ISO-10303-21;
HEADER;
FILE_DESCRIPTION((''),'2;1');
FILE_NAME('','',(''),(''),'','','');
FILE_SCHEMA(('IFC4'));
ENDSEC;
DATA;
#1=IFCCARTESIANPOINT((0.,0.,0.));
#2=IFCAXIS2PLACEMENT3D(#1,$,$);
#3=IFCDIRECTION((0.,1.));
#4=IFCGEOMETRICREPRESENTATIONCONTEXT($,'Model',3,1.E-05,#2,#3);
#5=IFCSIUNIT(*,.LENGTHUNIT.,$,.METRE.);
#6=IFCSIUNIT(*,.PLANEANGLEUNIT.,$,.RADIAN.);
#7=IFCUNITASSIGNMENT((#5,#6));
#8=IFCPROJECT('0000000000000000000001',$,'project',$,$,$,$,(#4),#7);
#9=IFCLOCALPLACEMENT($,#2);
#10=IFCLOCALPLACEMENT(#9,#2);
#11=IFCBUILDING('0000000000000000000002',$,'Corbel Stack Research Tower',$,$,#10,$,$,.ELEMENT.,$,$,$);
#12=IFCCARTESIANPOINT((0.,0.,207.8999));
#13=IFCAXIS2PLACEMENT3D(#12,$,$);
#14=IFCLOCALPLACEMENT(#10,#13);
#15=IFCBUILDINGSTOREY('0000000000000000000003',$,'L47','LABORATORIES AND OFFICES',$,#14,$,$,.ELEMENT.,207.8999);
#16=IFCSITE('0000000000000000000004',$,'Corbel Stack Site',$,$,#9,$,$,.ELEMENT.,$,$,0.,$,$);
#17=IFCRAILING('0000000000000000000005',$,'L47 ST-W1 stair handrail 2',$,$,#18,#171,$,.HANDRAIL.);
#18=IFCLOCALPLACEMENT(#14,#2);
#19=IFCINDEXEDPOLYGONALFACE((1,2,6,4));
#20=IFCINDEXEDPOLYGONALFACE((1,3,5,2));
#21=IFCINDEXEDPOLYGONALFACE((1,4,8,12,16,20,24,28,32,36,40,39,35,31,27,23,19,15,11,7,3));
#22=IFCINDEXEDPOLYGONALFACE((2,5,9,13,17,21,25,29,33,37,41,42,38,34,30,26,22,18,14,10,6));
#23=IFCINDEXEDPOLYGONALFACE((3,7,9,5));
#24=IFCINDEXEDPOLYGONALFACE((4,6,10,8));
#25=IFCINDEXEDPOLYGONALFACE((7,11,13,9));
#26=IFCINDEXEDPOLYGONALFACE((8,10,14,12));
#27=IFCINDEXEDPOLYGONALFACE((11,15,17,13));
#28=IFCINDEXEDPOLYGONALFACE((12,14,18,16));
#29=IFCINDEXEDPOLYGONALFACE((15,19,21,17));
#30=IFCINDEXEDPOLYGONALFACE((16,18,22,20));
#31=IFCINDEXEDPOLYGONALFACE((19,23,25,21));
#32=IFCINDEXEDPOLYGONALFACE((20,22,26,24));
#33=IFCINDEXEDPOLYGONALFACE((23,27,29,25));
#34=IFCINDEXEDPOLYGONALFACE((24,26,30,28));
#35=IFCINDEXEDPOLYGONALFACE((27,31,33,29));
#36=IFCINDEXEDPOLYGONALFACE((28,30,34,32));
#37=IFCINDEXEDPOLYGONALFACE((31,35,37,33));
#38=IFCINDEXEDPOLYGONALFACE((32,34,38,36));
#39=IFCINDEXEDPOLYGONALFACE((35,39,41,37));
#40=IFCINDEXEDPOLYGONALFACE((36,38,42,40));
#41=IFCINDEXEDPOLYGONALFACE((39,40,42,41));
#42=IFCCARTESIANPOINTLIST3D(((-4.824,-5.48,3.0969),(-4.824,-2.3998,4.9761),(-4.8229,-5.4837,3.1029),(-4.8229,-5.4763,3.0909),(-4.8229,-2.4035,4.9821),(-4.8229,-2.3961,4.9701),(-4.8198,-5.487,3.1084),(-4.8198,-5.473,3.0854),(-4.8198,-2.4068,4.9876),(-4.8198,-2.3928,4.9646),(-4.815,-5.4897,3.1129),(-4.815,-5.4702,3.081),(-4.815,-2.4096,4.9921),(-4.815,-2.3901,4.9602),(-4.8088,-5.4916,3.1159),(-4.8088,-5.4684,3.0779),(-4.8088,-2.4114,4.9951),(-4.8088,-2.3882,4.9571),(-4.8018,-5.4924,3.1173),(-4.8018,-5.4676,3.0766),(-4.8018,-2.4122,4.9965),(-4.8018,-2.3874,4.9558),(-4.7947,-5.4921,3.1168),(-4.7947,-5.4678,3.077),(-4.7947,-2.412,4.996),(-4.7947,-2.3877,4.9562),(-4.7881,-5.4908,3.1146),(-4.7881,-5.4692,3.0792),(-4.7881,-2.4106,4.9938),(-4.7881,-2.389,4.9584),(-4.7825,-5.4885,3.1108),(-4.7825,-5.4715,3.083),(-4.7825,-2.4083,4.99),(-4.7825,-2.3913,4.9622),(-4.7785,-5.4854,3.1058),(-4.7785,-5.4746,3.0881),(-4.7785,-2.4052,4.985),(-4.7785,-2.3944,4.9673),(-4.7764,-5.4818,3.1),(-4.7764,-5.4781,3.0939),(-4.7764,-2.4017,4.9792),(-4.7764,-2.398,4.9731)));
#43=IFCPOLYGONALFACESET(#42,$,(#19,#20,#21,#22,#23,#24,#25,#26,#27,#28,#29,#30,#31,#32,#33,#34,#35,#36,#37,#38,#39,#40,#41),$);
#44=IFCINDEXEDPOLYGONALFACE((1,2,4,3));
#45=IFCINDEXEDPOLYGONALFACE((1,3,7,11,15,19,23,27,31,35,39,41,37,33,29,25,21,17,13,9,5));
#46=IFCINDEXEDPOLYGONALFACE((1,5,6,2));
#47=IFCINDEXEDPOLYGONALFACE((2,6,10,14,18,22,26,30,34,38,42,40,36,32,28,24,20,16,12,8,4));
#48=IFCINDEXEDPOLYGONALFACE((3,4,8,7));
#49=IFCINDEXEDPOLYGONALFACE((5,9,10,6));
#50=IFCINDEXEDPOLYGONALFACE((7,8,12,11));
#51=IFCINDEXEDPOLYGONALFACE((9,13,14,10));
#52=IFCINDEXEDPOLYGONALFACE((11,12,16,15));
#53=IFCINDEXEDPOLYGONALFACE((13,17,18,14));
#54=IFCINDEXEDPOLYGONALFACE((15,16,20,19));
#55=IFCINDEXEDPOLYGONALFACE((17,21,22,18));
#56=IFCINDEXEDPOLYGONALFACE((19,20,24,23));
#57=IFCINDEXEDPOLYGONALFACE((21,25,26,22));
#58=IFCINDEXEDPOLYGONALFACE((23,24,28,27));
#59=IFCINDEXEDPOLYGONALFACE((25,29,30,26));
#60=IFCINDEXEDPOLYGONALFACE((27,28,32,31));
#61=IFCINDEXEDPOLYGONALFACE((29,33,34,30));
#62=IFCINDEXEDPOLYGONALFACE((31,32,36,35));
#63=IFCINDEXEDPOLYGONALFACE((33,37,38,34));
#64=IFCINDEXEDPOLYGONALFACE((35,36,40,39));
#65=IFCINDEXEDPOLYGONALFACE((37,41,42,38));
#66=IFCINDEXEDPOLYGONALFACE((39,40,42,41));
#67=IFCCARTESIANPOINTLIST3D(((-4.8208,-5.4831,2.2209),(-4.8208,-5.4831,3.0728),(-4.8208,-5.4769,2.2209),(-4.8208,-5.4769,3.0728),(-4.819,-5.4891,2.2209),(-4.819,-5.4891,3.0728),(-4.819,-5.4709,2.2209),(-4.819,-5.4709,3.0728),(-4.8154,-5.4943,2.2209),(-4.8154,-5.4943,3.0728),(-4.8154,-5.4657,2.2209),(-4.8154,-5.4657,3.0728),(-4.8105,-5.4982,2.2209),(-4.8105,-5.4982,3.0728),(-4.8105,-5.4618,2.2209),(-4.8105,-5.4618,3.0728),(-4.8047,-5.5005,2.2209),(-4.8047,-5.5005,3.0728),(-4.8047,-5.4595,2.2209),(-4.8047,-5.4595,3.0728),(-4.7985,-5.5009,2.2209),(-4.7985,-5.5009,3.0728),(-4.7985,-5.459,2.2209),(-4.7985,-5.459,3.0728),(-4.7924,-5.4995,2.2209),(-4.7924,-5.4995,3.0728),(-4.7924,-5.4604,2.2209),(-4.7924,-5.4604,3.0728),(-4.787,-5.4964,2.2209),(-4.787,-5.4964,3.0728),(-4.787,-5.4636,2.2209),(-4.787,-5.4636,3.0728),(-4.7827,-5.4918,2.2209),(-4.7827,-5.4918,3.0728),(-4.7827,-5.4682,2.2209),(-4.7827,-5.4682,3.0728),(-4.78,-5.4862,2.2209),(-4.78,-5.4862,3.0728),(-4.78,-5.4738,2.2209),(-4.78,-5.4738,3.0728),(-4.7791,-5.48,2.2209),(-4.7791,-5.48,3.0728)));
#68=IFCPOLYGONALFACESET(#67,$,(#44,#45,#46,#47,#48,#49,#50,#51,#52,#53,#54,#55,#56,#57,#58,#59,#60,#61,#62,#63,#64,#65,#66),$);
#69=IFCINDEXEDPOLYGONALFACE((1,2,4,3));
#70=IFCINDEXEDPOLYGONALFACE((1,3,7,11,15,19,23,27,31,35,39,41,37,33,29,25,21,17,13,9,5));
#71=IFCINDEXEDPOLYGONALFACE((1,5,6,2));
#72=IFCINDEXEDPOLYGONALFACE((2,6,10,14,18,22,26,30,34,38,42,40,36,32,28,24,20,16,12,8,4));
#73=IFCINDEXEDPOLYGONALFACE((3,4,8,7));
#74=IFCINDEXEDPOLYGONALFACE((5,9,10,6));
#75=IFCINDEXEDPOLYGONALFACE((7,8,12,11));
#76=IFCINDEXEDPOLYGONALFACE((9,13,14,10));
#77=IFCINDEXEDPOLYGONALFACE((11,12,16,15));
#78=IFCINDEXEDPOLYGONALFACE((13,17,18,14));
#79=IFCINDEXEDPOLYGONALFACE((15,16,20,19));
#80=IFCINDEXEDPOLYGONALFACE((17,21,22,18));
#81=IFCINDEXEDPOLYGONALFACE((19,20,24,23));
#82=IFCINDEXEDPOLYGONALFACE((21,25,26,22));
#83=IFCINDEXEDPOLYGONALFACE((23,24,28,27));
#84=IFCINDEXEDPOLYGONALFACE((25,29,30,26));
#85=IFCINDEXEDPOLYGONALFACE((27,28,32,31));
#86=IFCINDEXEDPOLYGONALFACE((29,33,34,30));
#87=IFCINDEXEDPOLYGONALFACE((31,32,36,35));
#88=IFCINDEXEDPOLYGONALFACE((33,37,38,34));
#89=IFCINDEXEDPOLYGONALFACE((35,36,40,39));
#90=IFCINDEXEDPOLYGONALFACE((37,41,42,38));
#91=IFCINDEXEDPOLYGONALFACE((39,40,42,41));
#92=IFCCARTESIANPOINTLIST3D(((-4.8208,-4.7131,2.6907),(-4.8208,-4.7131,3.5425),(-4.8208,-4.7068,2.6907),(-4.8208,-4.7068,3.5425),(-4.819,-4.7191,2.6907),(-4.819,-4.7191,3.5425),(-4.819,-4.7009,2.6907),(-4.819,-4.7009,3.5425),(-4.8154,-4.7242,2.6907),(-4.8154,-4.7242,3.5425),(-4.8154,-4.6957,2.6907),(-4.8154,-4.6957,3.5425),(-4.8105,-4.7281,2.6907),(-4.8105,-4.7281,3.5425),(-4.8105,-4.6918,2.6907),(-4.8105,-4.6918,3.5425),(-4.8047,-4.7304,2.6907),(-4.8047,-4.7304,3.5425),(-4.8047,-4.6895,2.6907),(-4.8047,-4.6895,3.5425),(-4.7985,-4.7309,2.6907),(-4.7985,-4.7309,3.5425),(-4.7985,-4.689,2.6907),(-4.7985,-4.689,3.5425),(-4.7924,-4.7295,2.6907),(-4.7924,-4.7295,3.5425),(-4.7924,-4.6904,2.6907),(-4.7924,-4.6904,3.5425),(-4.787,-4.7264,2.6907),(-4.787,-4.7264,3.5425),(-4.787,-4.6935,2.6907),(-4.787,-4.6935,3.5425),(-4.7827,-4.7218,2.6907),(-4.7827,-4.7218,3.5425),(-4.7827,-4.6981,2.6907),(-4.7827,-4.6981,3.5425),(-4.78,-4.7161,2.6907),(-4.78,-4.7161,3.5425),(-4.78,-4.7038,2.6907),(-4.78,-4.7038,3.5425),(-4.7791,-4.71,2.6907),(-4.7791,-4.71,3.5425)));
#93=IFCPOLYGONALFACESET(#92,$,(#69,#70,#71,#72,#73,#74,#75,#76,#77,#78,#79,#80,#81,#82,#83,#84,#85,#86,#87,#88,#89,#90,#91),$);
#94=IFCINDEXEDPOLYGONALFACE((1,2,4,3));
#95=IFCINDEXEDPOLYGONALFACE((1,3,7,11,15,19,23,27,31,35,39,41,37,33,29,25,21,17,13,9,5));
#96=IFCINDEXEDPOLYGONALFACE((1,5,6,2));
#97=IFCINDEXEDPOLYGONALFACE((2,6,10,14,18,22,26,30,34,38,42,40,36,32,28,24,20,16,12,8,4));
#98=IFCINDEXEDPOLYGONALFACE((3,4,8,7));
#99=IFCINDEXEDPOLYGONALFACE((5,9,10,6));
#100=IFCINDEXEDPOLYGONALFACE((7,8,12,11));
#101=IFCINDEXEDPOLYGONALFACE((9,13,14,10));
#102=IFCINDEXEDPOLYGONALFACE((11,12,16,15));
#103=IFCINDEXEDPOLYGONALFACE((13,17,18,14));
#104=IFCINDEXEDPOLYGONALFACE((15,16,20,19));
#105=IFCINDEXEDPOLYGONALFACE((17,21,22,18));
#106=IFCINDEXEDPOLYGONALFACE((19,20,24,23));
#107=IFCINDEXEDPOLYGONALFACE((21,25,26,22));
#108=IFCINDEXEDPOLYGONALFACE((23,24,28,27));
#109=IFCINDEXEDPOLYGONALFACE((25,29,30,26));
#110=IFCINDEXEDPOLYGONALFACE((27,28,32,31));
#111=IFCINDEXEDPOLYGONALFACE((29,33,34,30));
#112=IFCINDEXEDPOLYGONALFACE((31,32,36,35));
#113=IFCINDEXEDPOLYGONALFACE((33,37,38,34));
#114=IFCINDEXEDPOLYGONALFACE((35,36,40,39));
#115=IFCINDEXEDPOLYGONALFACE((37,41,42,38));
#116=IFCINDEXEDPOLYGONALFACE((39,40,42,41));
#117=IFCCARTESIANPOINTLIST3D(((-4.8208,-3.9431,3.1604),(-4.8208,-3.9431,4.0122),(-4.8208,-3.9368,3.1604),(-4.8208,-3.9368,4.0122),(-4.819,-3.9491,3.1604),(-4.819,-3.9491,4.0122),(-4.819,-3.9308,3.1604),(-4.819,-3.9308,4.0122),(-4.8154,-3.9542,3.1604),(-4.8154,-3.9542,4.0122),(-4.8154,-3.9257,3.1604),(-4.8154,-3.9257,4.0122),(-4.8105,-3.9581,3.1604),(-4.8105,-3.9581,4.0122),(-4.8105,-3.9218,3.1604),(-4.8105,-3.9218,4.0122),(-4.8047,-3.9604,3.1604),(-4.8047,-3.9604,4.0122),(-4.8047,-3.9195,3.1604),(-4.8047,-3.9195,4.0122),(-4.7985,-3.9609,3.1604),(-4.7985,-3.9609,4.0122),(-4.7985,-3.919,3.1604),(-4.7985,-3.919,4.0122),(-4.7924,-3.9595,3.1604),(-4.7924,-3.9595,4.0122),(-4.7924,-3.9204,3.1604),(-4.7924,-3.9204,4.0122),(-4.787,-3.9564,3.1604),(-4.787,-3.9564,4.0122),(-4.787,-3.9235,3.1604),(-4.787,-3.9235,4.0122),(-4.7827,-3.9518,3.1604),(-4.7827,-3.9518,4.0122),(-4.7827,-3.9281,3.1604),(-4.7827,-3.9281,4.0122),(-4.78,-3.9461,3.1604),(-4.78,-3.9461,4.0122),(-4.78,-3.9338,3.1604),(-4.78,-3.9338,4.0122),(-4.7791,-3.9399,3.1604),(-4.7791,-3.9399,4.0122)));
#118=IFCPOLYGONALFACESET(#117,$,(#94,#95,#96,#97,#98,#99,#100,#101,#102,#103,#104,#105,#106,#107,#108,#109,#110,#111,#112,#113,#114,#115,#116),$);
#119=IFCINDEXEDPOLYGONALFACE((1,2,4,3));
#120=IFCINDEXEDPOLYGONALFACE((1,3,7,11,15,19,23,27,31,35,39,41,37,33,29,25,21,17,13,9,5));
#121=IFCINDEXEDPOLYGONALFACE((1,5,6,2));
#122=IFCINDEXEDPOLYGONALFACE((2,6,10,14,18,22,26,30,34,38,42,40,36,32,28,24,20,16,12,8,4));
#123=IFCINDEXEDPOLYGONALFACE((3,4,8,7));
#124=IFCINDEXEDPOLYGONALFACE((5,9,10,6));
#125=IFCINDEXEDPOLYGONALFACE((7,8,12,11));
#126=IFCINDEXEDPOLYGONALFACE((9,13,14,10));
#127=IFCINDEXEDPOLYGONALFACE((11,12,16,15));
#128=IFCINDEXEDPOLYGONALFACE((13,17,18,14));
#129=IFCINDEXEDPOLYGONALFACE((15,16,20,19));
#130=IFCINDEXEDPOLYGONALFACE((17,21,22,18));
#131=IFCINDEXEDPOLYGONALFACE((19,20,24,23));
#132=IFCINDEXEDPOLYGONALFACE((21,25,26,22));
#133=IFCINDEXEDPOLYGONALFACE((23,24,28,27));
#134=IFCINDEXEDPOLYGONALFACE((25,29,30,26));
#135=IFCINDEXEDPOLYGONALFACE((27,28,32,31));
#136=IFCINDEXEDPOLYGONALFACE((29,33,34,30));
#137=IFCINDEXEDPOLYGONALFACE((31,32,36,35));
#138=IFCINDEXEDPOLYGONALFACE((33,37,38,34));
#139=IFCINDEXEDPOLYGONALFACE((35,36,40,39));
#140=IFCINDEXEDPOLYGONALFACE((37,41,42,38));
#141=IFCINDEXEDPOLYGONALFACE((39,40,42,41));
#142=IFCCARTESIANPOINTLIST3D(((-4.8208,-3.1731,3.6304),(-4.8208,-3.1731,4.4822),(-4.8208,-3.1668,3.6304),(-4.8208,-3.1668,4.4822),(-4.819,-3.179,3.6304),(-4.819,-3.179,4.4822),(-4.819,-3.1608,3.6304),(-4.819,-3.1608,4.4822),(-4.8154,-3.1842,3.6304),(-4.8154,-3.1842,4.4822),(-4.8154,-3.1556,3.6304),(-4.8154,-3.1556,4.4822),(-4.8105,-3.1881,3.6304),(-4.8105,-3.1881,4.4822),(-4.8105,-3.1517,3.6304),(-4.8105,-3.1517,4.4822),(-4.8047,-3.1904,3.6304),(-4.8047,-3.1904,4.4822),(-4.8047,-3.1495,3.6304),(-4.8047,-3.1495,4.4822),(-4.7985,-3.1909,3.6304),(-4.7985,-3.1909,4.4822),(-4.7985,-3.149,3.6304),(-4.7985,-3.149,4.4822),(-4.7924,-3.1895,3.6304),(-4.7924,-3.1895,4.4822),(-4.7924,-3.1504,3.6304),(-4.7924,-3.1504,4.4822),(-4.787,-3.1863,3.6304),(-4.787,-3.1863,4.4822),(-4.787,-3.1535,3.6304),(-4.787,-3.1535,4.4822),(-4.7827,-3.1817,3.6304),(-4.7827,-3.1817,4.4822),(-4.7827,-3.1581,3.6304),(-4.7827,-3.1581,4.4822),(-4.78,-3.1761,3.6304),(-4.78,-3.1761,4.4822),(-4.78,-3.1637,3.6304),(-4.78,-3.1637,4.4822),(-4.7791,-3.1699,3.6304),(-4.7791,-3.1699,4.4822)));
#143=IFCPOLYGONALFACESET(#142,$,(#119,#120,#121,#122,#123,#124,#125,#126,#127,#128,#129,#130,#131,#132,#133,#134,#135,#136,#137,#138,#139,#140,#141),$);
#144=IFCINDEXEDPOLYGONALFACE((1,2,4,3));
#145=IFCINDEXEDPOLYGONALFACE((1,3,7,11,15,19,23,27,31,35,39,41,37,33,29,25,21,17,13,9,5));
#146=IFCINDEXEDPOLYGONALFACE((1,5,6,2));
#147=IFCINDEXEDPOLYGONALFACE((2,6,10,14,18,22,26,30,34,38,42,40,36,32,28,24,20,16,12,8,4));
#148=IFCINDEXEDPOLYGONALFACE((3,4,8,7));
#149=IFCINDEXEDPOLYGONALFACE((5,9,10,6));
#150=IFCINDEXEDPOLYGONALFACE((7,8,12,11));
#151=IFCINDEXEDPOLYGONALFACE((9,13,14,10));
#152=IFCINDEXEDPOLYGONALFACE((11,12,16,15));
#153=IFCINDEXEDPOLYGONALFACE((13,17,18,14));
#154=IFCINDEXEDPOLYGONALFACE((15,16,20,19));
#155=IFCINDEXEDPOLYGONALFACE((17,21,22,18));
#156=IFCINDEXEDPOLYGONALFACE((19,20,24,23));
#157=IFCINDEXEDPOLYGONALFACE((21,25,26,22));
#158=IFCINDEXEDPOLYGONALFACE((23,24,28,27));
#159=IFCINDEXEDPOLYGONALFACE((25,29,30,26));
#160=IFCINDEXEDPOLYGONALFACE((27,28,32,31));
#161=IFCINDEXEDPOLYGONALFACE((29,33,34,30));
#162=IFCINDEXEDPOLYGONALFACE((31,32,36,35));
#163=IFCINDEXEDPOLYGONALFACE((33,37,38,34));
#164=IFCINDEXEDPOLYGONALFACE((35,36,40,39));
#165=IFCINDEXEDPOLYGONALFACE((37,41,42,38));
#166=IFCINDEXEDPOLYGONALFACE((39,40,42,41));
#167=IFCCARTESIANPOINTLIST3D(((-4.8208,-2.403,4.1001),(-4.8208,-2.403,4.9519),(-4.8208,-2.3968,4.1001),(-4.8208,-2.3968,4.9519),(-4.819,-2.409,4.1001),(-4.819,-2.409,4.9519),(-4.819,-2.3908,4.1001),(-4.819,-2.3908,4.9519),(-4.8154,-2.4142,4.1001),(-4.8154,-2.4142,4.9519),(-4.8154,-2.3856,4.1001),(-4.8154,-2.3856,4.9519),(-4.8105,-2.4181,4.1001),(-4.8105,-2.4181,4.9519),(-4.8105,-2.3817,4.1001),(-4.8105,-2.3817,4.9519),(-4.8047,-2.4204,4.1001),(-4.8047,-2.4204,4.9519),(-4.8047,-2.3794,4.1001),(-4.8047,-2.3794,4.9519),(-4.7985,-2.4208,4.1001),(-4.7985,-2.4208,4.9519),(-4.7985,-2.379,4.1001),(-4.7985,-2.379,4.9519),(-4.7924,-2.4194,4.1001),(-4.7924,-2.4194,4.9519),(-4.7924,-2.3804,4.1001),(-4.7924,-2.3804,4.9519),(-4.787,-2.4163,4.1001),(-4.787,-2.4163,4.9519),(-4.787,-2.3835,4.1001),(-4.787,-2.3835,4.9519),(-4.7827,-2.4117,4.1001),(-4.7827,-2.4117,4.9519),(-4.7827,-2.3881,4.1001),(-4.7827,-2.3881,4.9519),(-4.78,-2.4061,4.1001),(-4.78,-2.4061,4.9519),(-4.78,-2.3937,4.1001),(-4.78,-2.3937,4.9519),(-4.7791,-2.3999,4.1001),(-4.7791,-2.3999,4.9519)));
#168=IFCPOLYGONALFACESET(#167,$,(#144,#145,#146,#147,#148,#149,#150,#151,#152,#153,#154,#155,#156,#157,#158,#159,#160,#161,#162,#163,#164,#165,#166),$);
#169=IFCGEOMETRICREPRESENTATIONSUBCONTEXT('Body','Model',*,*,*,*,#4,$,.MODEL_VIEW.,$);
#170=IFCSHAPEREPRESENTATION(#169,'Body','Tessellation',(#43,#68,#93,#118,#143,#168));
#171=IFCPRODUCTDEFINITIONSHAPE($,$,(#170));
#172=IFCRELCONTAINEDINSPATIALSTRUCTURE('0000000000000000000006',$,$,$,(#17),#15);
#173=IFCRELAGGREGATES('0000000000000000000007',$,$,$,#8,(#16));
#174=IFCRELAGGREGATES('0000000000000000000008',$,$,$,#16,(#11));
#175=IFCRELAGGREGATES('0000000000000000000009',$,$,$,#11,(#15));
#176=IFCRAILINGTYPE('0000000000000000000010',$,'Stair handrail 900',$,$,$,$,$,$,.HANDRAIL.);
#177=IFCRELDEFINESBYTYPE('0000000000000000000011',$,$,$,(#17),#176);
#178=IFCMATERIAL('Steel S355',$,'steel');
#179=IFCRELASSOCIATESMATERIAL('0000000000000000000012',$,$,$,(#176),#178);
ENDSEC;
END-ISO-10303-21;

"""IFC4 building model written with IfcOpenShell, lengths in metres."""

from ifc_helpers import new_model, si_unit, direction, frame, origin, origin_2d, place, context, subcontext, project, spatial, circle, extrude, material, type_object, element, save


model = new_model("IFC4")

# Units and contexts
model_context = context("Model", 3, precision=1e-05, world=origin(), true_north=direction((0.0, 1.0)))
body_context = subcontext(model_context, "Body", "Model", "MODEL_VIEW")
ifc_project = project(units=[si_unit("LENGTHUNIT", "METRE"), si_unit("PLANEANGLEUNIT", "RADIAN")], contexts=[model_context])

# Site, building, storey
site_placement = place(None, origin())
site = spatial("IfcSite", under=ifc_project, at=site_placement, Name="Corbel Stack Site", CompositionType="ELEMENT", RefElevation=0.0)
building_placement = place(site_placement, origin())
building = spatial("IfcBuilding", under=site, at=building_placement, Name="Corbel Stack Research Tower", CompositionType="ELEMENT")
storey_placement = place(building_placement, frame((0.0, 0.0, 207.8999)))
storey = spatial("IfcBuildingStorey", under=building, at=storey_placement, Name="L47", Description="LABORATORIES AND OFFICES", CompositionType="ELEMENT", Elevation=207.8999)

# Railing
ifc_material_1 = material(Name="Steel S355", Category="steel")
railing_type = type_object("IfcRailingType", Name="Stair handrail 900", PredefinedType="HANDRAIL", material=ifc_material_1)
railing_placement = place(storey_placement, frame((-4.8, -5.48, 2.2209)))
element("IfcRailing", 1, at=railing_placement, inside=storey, type_object=railing_type, Name="L47 ST-W1 stair handrail 2", PredefinedType="HANDRAIL", context=body_context, shape_type="SweptSolid", body=[
    extrude(circle(Radius=0.0239, at=origin_2d()), frame((0.0, 0.0, 0.876), z_axis=(0.0, 0.853666, 0.52082), x_axis=(-1.0, 0.0, 0.0)), (0.0, 0.0, 1.0), 3.6082),
    extrude(circle(Radius=0.021, at=origin_2d()), origin(), (0.0, 0.0, 1.0), 0.8518),
    extrude(circle(Radius=0.021, at=origin_2d()), frame((0.0, 0.77, 0.4697)), (0.0, 0.0, 1.0), 0.8518),
    extrude(circle(Radius=0.021, at=origin_2d()), frame((0.0, 1.54, 0.9395)), (0.0, 0.0, 1.0), 0.8518),
    extrude(circle(Radius=0.021, at=origin_2d()), frame((0.0, 2.3101, 1.4094)), (0.0, 0.0, 1.0), 0.8518),
    extrude(circle(Radius=0.021, at=origin_2d()), frame((0.0, 3.0801, 1.8792)), (0.0, 0.0, 1.0), 0.8518),
])

save(model, "model.ifc")
